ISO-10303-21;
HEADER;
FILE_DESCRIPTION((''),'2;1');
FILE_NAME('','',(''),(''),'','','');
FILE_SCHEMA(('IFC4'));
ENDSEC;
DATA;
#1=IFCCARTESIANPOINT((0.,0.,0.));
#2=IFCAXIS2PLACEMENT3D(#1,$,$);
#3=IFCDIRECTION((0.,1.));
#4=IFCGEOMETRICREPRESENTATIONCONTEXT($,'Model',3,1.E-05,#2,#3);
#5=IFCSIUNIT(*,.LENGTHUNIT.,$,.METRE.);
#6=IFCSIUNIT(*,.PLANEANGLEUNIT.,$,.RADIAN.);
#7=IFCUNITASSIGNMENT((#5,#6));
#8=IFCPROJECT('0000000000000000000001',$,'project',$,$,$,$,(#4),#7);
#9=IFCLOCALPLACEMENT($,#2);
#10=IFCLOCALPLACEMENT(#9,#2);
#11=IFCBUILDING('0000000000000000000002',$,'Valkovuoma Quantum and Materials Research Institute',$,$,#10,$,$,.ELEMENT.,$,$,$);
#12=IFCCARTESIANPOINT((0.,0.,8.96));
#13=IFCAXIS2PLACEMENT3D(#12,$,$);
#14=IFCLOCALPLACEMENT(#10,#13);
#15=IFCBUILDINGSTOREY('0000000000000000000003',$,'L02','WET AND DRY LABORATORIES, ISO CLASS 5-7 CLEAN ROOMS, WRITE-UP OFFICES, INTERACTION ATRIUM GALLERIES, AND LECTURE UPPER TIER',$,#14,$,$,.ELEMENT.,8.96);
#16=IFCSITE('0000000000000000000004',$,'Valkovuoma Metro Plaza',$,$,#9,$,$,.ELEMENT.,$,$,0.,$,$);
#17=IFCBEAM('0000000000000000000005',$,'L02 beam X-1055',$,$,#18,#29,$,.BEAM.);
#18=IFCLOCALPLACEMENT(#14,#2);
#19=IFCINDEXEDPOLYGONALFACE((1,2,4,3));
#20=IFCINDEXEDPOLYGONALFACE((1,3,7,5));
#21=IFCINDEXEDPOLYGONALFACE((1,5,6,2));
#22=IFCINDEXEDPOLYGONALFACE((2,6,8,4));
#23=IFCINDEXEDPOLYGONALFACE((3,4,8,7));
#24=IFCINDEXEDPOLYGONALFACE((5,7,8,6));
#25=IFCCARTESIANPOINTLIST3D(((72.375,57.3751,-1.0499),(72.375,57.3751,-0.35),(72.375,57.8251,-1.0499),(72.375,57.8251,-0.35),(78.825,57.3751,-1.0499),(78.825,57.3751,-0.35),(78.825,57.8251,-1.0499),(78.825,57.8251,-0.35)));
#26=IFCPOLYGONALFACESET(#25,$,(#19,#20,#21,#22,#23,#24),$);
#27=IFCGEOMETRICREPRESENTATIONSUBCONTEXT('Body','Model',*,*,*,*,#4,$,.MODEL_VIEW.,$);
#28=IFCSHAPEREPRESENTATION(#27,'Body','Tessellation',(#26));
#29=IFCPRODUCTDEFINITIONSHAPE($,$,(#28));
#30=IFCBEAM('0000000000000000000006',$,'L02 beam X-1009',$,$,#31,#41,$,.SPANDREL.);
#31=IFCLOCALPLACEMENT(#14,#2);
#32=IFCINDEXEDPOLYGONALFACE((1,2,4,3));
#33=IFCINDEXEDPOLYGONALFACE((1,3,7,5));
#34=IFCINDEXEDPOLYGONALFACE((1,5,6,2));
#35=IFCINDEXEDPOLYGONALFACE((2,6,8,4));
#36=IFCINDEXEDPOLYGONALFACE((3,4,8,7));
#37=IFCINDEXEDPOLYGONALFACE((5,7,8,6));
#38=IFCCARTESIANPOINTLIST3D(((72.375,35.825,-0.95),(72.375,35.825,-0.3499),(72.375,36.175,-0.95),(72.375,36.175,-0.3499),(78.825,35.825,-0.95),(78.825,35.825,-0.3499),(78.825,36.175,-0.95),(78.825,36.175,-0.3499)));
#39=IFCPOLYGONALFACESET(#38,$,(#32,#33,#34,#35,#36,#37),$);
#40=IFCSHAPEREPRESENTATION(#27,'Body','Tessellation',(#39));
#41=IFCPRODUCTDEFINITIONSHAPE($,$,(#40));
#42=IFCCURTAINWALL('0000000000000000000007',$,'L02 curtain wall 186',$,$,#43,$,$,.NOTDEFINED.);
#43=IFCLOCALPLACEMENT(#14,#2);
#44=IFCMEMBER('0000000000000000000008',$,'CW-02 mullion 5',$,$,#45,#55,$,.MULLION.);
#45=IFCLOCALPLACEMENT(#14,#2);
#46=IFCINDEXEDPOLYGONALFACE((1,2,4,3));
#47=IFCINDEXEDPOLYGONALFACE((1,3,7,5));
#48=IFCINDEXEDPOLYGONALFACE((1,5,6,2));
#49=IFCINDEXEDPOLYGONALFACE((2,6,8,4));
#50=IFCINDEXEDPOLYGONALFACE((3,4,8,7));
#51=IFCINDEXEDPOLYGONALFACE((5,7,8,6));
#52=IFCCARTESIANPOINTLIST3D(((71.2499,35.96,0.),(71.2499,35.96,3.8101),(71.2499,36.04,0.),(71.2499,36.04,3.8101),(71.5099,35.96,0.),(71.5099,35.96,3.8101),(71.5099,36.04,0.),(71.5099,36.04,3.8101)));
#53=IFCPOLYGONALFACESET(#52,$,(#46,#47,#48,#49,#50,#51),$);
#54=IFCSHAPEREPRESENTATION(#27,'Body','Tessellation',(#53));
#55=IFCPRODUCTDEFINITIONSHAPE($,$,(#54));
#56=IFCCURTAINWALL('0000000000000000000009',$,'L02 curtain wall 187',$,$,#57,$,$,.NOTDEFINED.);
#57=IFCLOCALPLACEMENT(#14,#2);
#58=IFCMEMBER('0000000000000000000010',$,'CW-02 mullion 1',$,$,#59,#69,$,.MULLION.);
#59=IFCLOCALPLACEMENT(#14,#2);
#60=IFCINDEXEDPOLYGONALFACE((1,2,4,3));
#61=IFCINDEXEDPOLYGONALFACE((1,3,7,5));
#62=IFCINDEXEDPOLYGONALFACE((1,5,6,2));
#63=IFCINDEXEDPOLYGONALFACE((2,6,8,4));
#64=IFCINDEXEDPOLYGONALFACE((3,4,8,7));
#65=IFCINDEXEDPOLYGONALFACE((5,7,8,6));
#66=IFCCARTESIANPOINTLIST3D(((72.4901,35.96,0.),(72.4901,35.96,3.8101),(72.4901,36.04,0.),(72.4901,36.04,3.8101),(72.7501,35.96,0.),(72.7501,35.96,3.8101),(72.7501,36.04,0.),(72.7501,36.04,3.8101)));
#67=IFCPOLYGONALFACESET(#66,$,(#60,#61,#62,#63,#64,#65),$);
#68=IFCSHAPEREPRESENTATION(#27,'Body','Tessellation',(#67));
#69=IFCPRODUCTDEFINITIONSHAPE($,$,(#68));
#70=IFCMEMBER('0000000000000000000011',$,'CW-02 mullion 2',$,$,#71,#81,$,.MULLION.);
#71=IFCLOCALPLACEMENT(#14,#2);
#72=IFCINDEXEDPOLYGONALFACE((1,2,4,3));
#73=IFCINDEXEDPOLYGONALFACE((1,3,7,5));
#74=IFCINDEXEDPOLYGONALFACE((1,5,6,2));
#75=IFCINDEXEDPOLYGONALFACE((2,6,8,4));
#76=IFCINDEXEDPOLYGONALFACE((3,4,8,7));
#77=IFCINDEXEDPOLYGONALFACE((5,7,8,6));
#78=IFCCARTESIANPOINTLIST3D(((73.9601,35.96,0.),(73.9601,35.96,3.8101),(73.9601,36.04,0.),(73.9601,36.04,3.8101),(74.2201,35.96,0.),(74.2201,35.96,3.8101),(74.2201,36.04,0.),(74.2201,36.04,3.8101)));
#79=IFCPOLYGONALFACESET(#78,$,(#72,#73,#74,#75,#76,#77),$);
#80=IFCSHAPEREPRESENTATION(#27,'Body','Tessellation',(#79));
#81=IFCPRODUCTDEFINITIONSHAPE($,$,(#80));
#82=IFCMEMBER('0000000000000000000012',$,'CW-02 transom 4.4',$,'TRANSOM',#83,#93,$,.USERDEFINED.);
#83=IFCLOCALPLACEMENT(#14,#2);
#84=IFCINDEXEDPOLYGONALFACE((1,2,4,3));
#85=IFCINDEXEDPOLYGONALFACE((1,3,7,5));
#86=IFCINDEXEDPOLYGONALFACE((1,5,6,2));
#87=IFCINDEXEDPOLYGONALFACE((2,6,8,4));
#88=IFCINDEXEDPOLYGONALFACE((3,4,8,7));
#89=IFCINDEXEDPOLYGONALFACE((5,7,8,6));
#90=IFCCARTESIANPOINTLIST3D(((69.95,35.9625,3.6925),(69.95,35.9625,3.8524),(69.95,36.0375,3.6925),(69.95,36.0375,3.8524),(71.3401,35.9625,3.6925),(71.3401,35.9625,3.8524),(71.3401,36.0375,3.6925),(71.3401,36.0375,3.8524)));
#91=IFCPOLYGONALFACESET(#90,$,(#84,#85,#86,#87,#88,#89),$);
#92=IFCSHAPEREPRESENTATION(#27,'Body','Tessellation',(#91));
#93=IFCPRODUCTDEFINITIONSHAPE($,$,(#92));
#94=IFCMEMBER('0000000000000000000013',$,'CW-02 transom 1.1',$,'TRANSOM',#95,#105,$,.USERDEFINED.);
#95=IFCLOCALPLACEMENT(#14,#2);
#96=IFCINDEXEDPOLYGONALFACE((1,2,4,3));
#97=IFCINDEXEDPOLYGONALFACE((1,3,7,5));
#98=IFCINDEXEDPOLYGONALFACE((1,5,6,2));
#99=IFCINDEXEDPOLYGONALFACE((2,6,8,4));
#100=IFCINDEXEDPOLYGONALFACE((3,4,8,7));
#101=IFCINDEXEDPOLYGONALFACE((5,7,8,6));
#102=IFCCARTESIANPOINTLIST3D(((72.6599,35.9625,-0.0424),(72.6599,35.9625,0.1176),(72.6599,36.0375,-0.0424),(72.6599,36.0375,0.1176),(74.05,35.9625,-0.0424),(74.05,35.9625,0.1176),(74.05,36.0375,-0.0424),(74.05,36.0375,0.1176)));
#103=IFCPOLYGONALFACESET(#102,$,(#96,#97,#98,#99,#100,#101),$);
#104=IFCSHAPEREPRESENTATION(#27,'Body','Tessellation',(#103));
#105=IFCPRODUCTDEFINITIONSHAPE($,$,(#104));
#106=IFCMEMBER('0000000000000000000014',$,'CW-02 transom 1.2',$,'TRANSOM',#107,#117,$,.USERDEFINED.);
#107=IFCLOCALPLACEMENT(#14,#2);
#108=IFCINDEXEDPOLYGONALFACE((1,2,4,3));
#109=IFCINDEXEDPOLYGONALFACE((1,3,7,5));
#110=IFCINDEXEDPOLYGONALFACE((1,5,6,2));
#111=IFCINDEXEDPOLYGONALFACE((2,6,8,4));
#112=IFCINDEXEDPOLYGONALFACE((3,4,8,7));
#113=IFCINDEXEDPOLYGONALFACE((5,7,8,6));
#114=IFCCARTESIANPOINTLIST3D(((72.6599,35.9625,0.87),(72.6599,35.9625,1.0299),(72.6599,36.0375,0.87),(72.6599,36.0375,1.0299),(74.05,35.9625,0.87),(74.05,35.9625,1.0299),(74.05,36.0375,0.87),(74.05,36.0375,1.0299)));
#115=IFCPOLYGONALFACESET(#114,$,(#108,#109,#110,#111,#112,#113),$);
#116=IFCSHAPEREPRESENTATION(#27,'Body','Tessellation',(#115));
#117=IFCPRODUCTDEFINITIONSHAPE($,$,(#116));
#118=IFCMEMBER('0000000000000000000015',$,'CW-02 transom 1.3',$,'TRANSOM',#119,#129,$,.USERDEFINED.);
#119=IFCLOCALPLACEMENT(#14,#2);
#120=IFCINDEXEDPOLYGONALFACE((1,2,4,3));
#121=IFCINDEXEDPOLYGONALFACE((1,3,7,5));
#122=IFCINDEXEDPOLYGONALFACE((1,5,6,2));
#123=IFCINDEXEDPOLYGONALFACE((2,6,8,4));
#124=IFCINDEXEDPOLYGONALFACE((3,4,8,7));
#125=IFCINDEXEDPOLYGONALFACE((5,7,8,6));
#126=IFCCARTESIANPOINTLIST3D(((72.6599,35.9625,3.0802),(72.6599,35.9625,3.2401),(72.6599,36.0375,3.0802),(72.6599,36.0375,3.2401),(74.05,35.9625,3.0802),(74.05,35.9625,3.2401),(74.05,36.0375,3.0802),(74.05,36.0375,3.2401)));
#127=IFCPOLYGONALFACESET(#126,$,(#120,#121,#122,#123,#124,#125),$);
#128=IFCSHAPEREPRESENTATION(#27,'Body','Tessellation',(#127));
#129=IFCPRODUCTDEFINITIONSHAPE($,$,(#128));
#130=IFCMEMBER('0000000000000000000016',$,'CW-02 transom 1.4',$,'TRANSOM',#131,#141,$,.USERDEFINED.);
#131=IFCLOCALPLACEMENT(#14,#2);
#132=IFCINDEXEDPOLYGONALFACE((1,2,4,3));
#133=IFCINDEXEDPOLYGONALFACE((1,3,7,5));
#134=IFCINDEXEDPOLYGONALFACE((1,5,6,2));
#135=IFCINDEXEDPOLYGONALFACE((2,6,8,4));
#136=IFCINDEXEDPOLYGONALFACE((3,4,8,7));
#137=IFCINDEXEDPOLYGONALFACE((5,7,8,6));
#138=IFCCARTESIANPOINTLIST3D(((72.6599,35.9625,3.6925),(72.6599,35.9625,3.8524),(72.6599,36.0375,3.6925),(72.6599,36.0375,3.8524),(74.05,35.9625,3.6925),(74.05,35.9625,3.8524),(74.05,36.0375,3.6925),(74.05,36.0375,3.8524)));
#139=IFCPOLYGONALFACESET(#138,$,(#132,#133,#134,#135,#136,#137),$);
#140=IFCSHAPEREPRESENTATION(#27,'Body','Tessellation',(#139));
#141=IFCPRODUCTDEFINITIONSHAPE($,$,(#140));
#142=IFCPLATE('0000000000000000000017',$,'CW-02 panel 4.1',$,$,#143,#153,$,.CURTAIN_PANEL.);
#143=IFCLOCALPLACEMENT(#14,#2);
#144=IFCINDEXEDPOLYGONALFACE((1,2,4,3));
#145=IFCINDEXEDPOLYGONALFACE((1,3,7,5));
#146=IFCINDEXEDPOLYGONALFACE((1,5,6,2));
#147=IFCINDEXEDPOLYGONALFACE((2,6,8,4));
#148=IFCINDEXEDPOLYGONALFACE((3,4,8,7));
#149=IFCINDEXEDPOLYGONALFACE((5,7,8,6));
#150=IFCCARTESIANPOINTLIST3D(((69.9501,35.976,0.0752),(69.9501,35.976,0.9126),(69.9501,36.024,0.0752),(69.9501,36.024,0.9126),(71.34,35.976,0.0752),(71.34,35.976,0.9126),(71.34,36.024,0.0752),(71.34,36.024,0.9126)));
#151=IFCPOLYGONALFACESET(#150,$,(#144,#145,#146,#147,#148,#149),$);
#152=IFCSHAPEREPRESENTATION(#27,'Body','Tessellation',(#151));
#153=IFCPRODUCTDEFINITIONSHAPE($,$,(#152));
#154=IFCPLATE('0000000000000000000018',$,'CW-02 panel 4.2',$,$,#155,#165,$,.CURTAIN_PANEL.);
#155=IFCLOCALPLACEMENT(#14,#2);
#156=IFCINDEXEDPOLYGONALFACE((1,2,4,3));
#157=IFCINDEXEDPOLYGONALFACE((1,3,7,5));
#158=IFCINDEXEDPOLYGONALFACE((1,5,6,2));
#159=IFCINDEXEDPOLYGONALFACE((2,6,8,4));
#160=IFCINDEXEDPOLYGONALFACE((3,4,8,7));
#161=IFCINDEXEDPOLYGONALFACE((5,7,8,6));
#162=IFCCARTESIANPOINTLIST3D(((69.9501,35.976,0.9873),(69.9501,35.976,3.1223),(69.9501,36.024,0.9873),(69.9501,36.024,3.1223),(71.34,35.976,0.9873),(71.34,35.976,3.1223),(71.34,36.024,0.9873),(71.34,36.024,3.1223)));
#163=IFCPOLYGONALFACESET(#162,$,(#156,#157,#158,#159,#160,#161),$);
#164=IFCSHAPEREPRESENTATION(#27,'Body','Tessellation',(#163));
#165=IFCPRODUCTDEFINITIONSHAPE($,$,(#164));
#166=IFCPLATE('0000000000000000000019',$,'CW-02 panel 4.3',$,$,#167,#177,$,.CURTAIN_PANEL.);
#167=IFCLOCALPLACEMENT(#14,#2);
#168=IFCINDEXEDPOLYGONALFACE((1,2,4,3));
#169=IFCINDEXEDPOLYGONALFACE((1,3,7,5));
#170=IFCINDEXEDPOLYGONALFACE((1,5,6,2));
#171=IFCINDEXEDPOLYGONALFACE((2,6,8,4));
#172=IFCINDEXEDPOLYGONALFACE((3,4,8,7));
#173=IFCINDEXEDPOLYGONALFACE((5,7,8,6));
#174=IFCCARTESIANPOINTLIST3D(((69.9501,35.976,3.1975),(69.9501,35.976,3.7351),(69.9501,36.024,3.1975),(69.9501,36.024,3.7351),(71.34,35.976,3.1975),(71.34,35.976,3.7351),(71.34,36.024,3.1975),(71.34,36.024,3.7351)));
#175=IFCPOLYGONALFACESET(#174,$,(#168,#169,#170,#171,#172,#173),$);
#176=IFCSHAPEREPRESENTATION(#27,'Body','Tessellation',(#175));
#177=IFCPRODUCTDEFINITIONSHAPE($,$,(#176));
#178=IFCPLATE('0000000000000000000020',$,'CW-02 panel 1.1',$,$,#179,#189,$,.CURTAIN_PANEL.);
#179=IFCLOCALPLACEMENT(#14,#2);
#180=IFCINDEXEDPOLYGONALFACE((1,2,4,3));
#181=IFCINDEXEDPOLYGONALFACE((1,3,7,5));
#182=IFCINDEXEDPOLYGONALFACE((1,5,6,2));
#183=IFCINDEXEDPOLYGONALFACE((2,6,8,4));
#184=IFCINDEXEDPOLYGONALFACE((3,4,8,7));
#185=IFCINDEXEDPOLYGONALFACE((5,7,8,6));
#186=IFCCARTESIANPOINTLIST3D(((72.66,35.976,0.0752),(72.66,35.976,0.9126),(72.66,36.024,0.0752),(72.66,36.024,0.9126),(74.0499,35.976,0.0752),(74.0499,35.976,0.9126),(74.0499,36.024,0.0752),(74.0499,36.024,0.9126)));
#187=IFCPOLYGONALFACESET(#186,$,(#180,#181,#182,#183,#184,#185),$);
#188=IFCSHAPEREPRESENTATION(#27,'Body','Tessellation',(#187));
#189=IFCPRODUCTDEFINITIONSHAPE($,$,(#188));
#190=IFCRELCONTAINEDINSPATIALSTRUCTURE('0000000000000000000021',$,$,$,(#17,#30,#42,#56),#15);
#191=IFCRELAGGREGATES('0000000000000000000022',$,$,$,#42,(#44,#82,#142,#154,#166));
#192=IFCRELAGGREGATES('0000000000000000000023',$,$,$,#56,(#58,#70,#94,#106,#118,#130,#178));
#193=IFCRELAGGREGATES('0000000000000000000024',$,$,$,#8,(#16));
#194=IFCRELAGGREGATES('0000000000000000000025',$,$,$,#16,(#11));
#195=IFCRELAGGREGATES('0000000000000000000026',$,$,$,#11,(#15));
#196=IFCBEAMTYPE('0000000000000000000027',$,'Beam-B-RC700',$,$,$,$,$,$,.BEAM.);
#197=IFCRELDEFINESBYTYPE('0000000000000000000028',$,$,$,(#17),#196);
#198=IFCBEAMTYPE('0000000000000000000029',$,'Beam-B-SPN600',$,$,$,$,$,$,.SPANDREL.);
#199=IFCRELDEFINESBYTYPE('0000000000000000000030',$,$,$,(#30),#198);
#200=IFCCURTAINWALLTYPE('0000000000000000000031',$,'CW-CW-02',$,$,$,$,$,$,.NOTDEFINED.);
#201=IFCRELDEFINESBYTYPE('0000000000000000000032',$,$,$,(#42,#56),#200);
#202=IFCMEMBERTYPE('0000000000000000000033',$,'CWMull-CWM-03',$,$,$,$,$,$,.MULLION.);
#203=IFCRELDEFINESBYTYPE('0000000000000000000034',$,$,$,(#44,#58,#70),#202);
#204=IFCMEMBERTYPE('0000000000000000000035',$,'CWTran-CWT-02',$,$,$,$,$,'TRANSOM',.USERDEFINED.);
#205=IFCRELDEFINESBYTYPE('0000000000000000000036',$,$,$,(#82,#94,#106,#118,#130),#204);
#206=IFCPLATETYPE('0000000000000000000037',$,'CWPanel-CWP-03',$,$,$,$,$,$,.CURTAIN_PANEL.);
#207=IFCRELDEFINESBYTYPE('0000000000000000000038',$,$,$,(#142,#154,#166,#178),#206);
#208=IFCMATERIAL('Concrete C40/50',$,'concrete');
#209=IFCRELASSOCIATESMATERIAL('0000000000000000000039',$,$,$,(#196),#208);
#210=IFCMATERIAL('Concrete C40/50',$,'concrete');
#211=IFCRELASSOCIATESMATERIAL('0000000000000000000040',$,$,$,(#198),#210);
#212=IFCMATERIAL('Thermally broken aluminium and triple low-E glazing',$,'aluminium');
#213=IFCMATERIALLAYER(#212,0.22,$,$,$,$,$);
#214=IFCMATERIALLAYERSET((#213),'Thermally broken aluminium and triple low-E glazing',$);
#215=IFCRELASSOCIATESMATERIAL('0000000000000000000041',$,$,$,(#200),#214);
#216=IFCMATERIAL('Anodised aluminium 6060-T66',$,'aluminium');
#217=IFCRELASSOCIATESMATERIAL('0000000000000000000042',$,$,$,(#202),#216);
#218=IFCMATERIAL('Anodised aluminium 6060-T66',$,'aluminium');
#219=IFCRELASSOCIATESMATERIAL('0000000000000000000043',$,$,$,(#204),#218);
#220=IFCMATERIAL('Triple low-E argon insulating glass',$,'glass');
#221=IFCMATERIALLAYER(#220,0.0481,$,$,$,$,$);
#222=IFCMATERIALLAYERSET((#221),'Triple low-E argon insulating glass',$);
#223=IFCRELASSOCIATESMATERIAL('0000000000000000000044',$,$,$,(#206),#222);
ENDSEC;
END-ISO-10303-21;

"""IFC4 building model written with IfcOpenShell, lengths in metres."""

from ifc_helpers import new_model, si_unit, direction, frame, origin, origin_2d, place, context, subcontext, project, spatial, rectangle, extrude, material, layer, layer_set, material_profile, profile_set, type_object, element, aggregate, save


model = new_model("IFC4")

# Units and contexts
model_context = context("Model", 3, precision=1e-05, world=origin(), true_north=direction((0.0, 1.0)))
body_context = subcontext(model_context, "Body", "Model", "MODEL_VIEW")
ifc_project = project(units=[si_unit("LENGTHUNIT", "METRE"), si_unit("PLANEANGLEUNIT", "RADIAN")], contexts=[model_context])

# Site, building, storey
site_placement = place(None, origin())
site = spatial("IfcSite", under=ifc_project, at=site_placement, Name="Valkovuoma Metro Plaza", CompositionType="ELEMENT", RefElevation=0.0)
building_placement = place(site_placement, origin())
building = spatial("IfcBuilding", under=site, at=building_placement, Name="Valkovuoma Quantum and Materials Research Institute", CompositionType="ELEMENT")
storey_placement = place(building_placement, frame((0.0, 0.0, 8.96)))
storey = spatial("IfcBuildingStorey", under=building, at=storey_placement, Name="L02", Description="WET AND DRY LABORATORIES, ISO CLASS 5-7 CLEAN ROOMS, WRITE-UP OFFICES, INTERACTION ATRIUM GALLERIES, AND LECTURE UPPER TIER", CompositionType="ELEMENT", Elevation=8.96)

# Beams
ifc_material_1 = material(Name="Concrete C40/50", Category="concrete")
ifc_material_profile_1 = material_profile(ifc_material_1, rectangle(XDim=0.45, YDim=0.7, at=origin_2d()), Name="Concrete C40/50")
ifc_profile_set_1 = profile_set([ifc_material_profile_1], Name="Concrete C40/50")
beam_type_1 = type_object("IfcBeamType", Name="Beam-B-RC700", PredefinedType="BEAM", material=ifc_profile_set_1)
for number, where, z_axis, x_axis, name in (
    (1, (72.375, 57.6001, -0.7), (1.0, 0.0, 0.0), (0.0, 1.0, 0.0), "L02 beam X-1055"),
):
    element("IfcBeam", number, at=place(storey_placement, frame(where, z_axis=z_axis, x_axis=x_axis)), inside=storey, type_object=beam_type_1, Name=name, PredefinedType="BEAM", context=body_context, shape_type="SweptSolid", body=[
        extrude(rectangle(XDim=0.45, YDim=0.7, at=origin_2d()), origin(), (0.0, 0.0, 1.0), 6.45),
    ])
ifc_material_2 = material(Name="Concrete C40/50", Category="concrete")
ifc_material_profile_2 = material_profile(ifc_material_2, rectangle(XDim=0.3501, YDim=0.6001, at=origin_2d()), Name="Concrete C40/50")
ifc_profile_set_2 = profile_set([ifc_material_profile_2], Name="Concrete C40/50")
beam_type_2 = type_object("IfcBeamType", Name="Beam-B-SPN600", PredefinedType="SPANDREL", material=ifc_profile_set_2)
beam_1_placement = place(storey_placement, frame((72.375, 36.0, -0.6499), z_axis=(1.0, 0.0, 0.0), x_axis=(0.0, 1.0, 0.0)))
element("IfcBeam", 2, at=beam_1_placement, inside=storey, type_object=beam_type_2, Name="L02 beam X-1009", PredefinedType="SPANDREL", context=body_context, shape_type="SweptSolid", body=[
    extrude(rectangle(XDim=0.3501, YDim=0.6001, at=origin_2d()), origin(), (0.0, 0.0, 1.0), 6.45),
])

# Curtain wall, member
ifc_material_3 = material(Name="Thermally broken aluminium and triple low-E glazing", Category="aluminium")
ifc_layer_1 = layer(ifc_material_3, 0.22)
ifc_layer_set_1 = layer_set([ifc_layer_1], Name="Thermally broken aluminium and triple low-E glazing")
curtain_wall_type = type_object("IfcCurtainWallType", Name="CW-CW-02", PredefinedType="NOTDEFINED", material=ifc_layer_set_1)
curtain_wall_1_placement = place(storey_placement, origin())
curtain_wall_1 = element("IfcCurtainWall", 3, at=curtain_wall_1_placement, inside=storey, type_object=curtain_wall_type, Name="L02 curtain wall 186", PredefinedType="NOTDEFINED")
ifc_material_4 = material(Name="Anodised aluminium 6060-T66", Category="aluminium")
ifc_material_profile_3 = material_profile(ifc_material_4, rectangle(XDim=0.0801, YDim=0.26, at=origin_2d()), Name="Anodised aluminium 6060-T66")
ifc_profile_set_3 = profile_set([ifc_material_profile_3], Name="Anodised aluminium 6060-T66")
member_type_1 = type_object("IfcMemberType", Name="CWMull-CWM-03", PredefinedType="MULLION", material=ifc_profile_set_3)
member_1_placement = place(storey_placement, frame((71.3799, 36.0, 0.0), z_axis=(0.0, 0.0, 1.0), x_axis=(0.0, 1.0, 0.0)))
member_1 = element("IfcMember", 4, at=member_1_placement, type_object=member_type_1, Name="CW-02 mullion 5", PredefinedType="MULLION", context=body_context, shape_type="SweptSolid", body=[
    extrude(rectangle(XDim=0.0801, YDim=0.26, at=origin_2d()), origin(), (0.0, 0.0, 1.0), 3.8101),
])

# Curtain wall, members
curtain_wall_2_placement = place(storey_placement, origin())
curtain_wall_2 = element("IfcCurtainWall", 5, at=curtain_wall_2_placement, inside=storey, type_object=curtain_wall_type, Name="L02 curtain wall 187", PredefinedType="NOTDEFINED")
member_2_placement = place(storey_placement, frame((72.6201, 36.0, 0.0), z_axis=(0.0, 0.0, 1.0), x_axis=(0.0, 1.0, 0.0)))
member_2 = element("IfcMember", 6, at=member_2_placement, type_object=member_type_1, Name="CW-02 mullion 1", PredefinedType="MULLION", context=body_context, shape_type="SweptSolid", body=[
    extrude(rectangle(XDim=0.0801, YDim=0.26, at=origin_2d()), origin(), (0.0, 0.0, 1.0), 3.8101),
])
member_3_placement = place(storey_placement, frame((74.0901, 36.0, 0.0), z_axis=(0.0, 0.0, 1.0), x_axis=(0.0, 1.0, 0.0)))
member_3 = element("IfcMember", 7, at=member_3_placement, type_object=member_type_1, Name="CW-02 mullion 2", PredefinedType="MULLION", context=body_context, shape_type="SweptSolid", body=[
    extrude(rectangle(XDim=0.0801, YDim=0.26, at=origin_2d()), origin(), (0.0, 0.0, 1.0), 3.8101),
])

# Members
ifc_material_5 = material(Name="Anodised aluminium 6060-T66", Category="aluminium")
ifc_material_profile_4 = material_profile(ifc_material_5, rectangle(XDim=0.075, YDim=0.1599, at=origin_2d()), Name="Anodised aluminium 6060-T66")
ifc_profile_set_4 = profile_set([ifc_material_profile_4], Name="Anodised aluminium 6060-T66")
member_type_2 = type_object("IfcMemberType", Name="CWTran-CWT-02", ElementType="TRANSOM", PredefinedType="USERDEFINED", material=ifc_profile_set_4)
member_4_placement = place(storey_placement, frame((69.95, 36.0, 3.7725), z_axis=(1.0, 0.0, 0.0), x_axis=(0.0, 1.0, 0.0)))
member_4 = element("IfcMember", 8, at=member_4_placement, type_object=member_type_2, Name="CW-02 transom 4.4", ObjectType="TRANSOM", PredefinedType="USERDEFINED", context=body_context, shape_type="SweptSolid", body=[
    extrude(rectangle(XDim=0.075, YDim=0.1599, at=origin_2d()), origin(), (0.0, 0.0, 1.0), 1.3901),
])
member_5_placement = place(storey_placement, frame((72.6599, 36.0, 0.0376), z_axis=(1.0, 0.0, 0.0), x_axis=(0.0, 1.0, 0.0)))
member_5 = element("IfcMember", 9, at=member_5_placement, type_object=member_type_2, Name="CW-02 transom 1.1", ObjectType="TRANSOM", PredefinedType="USERDEFINED", context=body_context, shape_type="SweptSolid", body=[
    extrude(rectangle(XDim=0.075, YDim=0.1599, at=origin_2d()), origin(), (0.0, 0.0, 1.0), 1.3901),
])
member_6_placement = place(storey_placement, frame((72.6599, 36.0, 0.95), z_axis=(1.0, 0.0, 0.0), x_axis=(0.0, 1.0, 0.0)))
member_6 = element("IfcMember", 10, at=member_6_placement, type_object=member_type_2, Name="CW-02 transom 1.2", ObjectType="TRANSOM", PredefinedType="USERDEFINED", context=body_context, shape_type="SweptSolid", body=[
    extrude(rectangle(XDim=0.075, YDim=0.1599, at=origin_2d()), origin(), (0.0, 0.0, 1.0), 1.3901),
])
member_7_placement = place(storey_placement, frame((72.6599, 36.0, 3.1602), z_axis=(1.0, 0.0, 0.0), x_axis=(0.0, 1.0, 0.0)))
member_7 = element("IfcMember", 11, at=member_7_placement, type_object=member_type_2, Name="CW-02 transom 1.3", ObjectType="TRANSOM", PredefinedType="USERDEFINED", context=body_context, shape_type="SweptSolid", body=[
    extrude(rectangle(XDim=0.075, YDim=0.1599, at=origin_2d()), origin(), (0.0, 0.0, 1.0), 1.3901),
])
member_8_placement = place(storey_placement, frame((72.6599, 36.0, 3.7725), z_axis=(1.0, 0.0, 0.0), x_axis=(0.0, 1.0, 0.0)))
member_8 = element("IfcMember", 12, at=member_8_placement, type_object=member_type_2, Name="CW-02 transom 1.4", ObjectType="TRANSOM", PredefinedType="USERDEFINED", context=body_context, shape_type="SweptSolid", body=[
    extrude(rectangle(XDim=0.075, YDim=0.1599, at=origin_2d()), origin(), (0.0, 0.0, 1.0), 1.3901),
])

# Plates
ifc_material_6 = material(Name="Triple low-E argon insulating glass", Category="glass")
ifc_layer_2 = layer(ifc_material_6, 0.0481)
ifc_layer_set_2 = layer_set([ifc_layer_2], Name="Triple low-E argon insulating glass")
plate_type_1 = type_object("IfcPlateType", Name="CWPanel-CWP-03", PredefinedType="CURTAIN_PANEL", material=ifc_layer_set_2)
plate_1_placement = place(storey_placement, frame((70.645, 36.0, 0.0752), z_axis=(0.0, 0.0, 1.0), x_axis=(1.0, 0.0, 0.0)))
plate_1 = element("IfcPlate", 13, at=plate_1_placement, type_object=plate_type_1, Name="CW-02 panel 4.1", PredefinedType="CURTAIN_PANEL", context=body_context, shape_type="SweptSolid", body=[
    extrude(rectangle(XDim=1.3899, YDim=0.0481, at=origin_2d()), origin(), (0.0, 0.0, 1.0), 0.8374),
])
plate_2_placement = place(storey_placement, frame((70.645, 36.0, 0.9873), z_axis=(0.0, 0.0, 1.0), x_axis=(1.0, 0.0, 0.0)))
plate_2 = element("IfcPlate", 14, at=plate_2_placement, type_object=plate_type_1, Name="CW-02 panel 4.2", PredefinedType="CURTAIN_PANEL", context=body_context, shape_type="SweptSolid", body=[
    extrude(rectangle(XDim=1.3899, YDim=0.0481, at=origin_2d()), origin(), (0.0, 0.0, 1.0), 2.135),
])
plate_3_placement = place(storey_placement, frame((70.645, 36.0, 3.1975), z_axis=(0.0, 0.0, 1.0), x_axis=(1.0, 0.0, 0.0)))
plate_3 = element("IfcPlate", 15, at=plate_3_placement, type_object=plate_type_1, Name="CW-02 panel 4.3", PredefinedType="CURTAIN_PANEL", context=body_context, shape_type="SweptSolid", body=[
    extrude(rectangle(XDim=1.3899, YDim=0.0481, at=origin_2d()), origin(), (0.0, 0.0, 1.0), 0.5376),
])
aggregate(curtain_wall_1, [member_1, member_4, plate_1, plate_2, plate_3])
plate_4_placement = place(storey_placement, frame((73.355, 36.0, 0.0752), z_axis=(0.0, 0.0, 1.0), x_axis=(1.0, 0.0, 0.0)))
plate_4 = element("IfcPlate", 16, at=plate_4_placement, type_object=plate_type_1, Name="CW-02 panel 1.1", PredefinedType="CURTAIN_PANEL", context=body_context, shape_type="SweptSolid", body=[
    extrude(rectangle(XDim=1.3899, YDim=0.0481, at=origin_2d()), origin(), (0.0, 0.0, 1.0), 0.8374),
])
aggregate(curtain_wall_2, [member_2, member_3, member_5, member_6, member_7, member_8, plate_4])

save(model, "model.ifc")
